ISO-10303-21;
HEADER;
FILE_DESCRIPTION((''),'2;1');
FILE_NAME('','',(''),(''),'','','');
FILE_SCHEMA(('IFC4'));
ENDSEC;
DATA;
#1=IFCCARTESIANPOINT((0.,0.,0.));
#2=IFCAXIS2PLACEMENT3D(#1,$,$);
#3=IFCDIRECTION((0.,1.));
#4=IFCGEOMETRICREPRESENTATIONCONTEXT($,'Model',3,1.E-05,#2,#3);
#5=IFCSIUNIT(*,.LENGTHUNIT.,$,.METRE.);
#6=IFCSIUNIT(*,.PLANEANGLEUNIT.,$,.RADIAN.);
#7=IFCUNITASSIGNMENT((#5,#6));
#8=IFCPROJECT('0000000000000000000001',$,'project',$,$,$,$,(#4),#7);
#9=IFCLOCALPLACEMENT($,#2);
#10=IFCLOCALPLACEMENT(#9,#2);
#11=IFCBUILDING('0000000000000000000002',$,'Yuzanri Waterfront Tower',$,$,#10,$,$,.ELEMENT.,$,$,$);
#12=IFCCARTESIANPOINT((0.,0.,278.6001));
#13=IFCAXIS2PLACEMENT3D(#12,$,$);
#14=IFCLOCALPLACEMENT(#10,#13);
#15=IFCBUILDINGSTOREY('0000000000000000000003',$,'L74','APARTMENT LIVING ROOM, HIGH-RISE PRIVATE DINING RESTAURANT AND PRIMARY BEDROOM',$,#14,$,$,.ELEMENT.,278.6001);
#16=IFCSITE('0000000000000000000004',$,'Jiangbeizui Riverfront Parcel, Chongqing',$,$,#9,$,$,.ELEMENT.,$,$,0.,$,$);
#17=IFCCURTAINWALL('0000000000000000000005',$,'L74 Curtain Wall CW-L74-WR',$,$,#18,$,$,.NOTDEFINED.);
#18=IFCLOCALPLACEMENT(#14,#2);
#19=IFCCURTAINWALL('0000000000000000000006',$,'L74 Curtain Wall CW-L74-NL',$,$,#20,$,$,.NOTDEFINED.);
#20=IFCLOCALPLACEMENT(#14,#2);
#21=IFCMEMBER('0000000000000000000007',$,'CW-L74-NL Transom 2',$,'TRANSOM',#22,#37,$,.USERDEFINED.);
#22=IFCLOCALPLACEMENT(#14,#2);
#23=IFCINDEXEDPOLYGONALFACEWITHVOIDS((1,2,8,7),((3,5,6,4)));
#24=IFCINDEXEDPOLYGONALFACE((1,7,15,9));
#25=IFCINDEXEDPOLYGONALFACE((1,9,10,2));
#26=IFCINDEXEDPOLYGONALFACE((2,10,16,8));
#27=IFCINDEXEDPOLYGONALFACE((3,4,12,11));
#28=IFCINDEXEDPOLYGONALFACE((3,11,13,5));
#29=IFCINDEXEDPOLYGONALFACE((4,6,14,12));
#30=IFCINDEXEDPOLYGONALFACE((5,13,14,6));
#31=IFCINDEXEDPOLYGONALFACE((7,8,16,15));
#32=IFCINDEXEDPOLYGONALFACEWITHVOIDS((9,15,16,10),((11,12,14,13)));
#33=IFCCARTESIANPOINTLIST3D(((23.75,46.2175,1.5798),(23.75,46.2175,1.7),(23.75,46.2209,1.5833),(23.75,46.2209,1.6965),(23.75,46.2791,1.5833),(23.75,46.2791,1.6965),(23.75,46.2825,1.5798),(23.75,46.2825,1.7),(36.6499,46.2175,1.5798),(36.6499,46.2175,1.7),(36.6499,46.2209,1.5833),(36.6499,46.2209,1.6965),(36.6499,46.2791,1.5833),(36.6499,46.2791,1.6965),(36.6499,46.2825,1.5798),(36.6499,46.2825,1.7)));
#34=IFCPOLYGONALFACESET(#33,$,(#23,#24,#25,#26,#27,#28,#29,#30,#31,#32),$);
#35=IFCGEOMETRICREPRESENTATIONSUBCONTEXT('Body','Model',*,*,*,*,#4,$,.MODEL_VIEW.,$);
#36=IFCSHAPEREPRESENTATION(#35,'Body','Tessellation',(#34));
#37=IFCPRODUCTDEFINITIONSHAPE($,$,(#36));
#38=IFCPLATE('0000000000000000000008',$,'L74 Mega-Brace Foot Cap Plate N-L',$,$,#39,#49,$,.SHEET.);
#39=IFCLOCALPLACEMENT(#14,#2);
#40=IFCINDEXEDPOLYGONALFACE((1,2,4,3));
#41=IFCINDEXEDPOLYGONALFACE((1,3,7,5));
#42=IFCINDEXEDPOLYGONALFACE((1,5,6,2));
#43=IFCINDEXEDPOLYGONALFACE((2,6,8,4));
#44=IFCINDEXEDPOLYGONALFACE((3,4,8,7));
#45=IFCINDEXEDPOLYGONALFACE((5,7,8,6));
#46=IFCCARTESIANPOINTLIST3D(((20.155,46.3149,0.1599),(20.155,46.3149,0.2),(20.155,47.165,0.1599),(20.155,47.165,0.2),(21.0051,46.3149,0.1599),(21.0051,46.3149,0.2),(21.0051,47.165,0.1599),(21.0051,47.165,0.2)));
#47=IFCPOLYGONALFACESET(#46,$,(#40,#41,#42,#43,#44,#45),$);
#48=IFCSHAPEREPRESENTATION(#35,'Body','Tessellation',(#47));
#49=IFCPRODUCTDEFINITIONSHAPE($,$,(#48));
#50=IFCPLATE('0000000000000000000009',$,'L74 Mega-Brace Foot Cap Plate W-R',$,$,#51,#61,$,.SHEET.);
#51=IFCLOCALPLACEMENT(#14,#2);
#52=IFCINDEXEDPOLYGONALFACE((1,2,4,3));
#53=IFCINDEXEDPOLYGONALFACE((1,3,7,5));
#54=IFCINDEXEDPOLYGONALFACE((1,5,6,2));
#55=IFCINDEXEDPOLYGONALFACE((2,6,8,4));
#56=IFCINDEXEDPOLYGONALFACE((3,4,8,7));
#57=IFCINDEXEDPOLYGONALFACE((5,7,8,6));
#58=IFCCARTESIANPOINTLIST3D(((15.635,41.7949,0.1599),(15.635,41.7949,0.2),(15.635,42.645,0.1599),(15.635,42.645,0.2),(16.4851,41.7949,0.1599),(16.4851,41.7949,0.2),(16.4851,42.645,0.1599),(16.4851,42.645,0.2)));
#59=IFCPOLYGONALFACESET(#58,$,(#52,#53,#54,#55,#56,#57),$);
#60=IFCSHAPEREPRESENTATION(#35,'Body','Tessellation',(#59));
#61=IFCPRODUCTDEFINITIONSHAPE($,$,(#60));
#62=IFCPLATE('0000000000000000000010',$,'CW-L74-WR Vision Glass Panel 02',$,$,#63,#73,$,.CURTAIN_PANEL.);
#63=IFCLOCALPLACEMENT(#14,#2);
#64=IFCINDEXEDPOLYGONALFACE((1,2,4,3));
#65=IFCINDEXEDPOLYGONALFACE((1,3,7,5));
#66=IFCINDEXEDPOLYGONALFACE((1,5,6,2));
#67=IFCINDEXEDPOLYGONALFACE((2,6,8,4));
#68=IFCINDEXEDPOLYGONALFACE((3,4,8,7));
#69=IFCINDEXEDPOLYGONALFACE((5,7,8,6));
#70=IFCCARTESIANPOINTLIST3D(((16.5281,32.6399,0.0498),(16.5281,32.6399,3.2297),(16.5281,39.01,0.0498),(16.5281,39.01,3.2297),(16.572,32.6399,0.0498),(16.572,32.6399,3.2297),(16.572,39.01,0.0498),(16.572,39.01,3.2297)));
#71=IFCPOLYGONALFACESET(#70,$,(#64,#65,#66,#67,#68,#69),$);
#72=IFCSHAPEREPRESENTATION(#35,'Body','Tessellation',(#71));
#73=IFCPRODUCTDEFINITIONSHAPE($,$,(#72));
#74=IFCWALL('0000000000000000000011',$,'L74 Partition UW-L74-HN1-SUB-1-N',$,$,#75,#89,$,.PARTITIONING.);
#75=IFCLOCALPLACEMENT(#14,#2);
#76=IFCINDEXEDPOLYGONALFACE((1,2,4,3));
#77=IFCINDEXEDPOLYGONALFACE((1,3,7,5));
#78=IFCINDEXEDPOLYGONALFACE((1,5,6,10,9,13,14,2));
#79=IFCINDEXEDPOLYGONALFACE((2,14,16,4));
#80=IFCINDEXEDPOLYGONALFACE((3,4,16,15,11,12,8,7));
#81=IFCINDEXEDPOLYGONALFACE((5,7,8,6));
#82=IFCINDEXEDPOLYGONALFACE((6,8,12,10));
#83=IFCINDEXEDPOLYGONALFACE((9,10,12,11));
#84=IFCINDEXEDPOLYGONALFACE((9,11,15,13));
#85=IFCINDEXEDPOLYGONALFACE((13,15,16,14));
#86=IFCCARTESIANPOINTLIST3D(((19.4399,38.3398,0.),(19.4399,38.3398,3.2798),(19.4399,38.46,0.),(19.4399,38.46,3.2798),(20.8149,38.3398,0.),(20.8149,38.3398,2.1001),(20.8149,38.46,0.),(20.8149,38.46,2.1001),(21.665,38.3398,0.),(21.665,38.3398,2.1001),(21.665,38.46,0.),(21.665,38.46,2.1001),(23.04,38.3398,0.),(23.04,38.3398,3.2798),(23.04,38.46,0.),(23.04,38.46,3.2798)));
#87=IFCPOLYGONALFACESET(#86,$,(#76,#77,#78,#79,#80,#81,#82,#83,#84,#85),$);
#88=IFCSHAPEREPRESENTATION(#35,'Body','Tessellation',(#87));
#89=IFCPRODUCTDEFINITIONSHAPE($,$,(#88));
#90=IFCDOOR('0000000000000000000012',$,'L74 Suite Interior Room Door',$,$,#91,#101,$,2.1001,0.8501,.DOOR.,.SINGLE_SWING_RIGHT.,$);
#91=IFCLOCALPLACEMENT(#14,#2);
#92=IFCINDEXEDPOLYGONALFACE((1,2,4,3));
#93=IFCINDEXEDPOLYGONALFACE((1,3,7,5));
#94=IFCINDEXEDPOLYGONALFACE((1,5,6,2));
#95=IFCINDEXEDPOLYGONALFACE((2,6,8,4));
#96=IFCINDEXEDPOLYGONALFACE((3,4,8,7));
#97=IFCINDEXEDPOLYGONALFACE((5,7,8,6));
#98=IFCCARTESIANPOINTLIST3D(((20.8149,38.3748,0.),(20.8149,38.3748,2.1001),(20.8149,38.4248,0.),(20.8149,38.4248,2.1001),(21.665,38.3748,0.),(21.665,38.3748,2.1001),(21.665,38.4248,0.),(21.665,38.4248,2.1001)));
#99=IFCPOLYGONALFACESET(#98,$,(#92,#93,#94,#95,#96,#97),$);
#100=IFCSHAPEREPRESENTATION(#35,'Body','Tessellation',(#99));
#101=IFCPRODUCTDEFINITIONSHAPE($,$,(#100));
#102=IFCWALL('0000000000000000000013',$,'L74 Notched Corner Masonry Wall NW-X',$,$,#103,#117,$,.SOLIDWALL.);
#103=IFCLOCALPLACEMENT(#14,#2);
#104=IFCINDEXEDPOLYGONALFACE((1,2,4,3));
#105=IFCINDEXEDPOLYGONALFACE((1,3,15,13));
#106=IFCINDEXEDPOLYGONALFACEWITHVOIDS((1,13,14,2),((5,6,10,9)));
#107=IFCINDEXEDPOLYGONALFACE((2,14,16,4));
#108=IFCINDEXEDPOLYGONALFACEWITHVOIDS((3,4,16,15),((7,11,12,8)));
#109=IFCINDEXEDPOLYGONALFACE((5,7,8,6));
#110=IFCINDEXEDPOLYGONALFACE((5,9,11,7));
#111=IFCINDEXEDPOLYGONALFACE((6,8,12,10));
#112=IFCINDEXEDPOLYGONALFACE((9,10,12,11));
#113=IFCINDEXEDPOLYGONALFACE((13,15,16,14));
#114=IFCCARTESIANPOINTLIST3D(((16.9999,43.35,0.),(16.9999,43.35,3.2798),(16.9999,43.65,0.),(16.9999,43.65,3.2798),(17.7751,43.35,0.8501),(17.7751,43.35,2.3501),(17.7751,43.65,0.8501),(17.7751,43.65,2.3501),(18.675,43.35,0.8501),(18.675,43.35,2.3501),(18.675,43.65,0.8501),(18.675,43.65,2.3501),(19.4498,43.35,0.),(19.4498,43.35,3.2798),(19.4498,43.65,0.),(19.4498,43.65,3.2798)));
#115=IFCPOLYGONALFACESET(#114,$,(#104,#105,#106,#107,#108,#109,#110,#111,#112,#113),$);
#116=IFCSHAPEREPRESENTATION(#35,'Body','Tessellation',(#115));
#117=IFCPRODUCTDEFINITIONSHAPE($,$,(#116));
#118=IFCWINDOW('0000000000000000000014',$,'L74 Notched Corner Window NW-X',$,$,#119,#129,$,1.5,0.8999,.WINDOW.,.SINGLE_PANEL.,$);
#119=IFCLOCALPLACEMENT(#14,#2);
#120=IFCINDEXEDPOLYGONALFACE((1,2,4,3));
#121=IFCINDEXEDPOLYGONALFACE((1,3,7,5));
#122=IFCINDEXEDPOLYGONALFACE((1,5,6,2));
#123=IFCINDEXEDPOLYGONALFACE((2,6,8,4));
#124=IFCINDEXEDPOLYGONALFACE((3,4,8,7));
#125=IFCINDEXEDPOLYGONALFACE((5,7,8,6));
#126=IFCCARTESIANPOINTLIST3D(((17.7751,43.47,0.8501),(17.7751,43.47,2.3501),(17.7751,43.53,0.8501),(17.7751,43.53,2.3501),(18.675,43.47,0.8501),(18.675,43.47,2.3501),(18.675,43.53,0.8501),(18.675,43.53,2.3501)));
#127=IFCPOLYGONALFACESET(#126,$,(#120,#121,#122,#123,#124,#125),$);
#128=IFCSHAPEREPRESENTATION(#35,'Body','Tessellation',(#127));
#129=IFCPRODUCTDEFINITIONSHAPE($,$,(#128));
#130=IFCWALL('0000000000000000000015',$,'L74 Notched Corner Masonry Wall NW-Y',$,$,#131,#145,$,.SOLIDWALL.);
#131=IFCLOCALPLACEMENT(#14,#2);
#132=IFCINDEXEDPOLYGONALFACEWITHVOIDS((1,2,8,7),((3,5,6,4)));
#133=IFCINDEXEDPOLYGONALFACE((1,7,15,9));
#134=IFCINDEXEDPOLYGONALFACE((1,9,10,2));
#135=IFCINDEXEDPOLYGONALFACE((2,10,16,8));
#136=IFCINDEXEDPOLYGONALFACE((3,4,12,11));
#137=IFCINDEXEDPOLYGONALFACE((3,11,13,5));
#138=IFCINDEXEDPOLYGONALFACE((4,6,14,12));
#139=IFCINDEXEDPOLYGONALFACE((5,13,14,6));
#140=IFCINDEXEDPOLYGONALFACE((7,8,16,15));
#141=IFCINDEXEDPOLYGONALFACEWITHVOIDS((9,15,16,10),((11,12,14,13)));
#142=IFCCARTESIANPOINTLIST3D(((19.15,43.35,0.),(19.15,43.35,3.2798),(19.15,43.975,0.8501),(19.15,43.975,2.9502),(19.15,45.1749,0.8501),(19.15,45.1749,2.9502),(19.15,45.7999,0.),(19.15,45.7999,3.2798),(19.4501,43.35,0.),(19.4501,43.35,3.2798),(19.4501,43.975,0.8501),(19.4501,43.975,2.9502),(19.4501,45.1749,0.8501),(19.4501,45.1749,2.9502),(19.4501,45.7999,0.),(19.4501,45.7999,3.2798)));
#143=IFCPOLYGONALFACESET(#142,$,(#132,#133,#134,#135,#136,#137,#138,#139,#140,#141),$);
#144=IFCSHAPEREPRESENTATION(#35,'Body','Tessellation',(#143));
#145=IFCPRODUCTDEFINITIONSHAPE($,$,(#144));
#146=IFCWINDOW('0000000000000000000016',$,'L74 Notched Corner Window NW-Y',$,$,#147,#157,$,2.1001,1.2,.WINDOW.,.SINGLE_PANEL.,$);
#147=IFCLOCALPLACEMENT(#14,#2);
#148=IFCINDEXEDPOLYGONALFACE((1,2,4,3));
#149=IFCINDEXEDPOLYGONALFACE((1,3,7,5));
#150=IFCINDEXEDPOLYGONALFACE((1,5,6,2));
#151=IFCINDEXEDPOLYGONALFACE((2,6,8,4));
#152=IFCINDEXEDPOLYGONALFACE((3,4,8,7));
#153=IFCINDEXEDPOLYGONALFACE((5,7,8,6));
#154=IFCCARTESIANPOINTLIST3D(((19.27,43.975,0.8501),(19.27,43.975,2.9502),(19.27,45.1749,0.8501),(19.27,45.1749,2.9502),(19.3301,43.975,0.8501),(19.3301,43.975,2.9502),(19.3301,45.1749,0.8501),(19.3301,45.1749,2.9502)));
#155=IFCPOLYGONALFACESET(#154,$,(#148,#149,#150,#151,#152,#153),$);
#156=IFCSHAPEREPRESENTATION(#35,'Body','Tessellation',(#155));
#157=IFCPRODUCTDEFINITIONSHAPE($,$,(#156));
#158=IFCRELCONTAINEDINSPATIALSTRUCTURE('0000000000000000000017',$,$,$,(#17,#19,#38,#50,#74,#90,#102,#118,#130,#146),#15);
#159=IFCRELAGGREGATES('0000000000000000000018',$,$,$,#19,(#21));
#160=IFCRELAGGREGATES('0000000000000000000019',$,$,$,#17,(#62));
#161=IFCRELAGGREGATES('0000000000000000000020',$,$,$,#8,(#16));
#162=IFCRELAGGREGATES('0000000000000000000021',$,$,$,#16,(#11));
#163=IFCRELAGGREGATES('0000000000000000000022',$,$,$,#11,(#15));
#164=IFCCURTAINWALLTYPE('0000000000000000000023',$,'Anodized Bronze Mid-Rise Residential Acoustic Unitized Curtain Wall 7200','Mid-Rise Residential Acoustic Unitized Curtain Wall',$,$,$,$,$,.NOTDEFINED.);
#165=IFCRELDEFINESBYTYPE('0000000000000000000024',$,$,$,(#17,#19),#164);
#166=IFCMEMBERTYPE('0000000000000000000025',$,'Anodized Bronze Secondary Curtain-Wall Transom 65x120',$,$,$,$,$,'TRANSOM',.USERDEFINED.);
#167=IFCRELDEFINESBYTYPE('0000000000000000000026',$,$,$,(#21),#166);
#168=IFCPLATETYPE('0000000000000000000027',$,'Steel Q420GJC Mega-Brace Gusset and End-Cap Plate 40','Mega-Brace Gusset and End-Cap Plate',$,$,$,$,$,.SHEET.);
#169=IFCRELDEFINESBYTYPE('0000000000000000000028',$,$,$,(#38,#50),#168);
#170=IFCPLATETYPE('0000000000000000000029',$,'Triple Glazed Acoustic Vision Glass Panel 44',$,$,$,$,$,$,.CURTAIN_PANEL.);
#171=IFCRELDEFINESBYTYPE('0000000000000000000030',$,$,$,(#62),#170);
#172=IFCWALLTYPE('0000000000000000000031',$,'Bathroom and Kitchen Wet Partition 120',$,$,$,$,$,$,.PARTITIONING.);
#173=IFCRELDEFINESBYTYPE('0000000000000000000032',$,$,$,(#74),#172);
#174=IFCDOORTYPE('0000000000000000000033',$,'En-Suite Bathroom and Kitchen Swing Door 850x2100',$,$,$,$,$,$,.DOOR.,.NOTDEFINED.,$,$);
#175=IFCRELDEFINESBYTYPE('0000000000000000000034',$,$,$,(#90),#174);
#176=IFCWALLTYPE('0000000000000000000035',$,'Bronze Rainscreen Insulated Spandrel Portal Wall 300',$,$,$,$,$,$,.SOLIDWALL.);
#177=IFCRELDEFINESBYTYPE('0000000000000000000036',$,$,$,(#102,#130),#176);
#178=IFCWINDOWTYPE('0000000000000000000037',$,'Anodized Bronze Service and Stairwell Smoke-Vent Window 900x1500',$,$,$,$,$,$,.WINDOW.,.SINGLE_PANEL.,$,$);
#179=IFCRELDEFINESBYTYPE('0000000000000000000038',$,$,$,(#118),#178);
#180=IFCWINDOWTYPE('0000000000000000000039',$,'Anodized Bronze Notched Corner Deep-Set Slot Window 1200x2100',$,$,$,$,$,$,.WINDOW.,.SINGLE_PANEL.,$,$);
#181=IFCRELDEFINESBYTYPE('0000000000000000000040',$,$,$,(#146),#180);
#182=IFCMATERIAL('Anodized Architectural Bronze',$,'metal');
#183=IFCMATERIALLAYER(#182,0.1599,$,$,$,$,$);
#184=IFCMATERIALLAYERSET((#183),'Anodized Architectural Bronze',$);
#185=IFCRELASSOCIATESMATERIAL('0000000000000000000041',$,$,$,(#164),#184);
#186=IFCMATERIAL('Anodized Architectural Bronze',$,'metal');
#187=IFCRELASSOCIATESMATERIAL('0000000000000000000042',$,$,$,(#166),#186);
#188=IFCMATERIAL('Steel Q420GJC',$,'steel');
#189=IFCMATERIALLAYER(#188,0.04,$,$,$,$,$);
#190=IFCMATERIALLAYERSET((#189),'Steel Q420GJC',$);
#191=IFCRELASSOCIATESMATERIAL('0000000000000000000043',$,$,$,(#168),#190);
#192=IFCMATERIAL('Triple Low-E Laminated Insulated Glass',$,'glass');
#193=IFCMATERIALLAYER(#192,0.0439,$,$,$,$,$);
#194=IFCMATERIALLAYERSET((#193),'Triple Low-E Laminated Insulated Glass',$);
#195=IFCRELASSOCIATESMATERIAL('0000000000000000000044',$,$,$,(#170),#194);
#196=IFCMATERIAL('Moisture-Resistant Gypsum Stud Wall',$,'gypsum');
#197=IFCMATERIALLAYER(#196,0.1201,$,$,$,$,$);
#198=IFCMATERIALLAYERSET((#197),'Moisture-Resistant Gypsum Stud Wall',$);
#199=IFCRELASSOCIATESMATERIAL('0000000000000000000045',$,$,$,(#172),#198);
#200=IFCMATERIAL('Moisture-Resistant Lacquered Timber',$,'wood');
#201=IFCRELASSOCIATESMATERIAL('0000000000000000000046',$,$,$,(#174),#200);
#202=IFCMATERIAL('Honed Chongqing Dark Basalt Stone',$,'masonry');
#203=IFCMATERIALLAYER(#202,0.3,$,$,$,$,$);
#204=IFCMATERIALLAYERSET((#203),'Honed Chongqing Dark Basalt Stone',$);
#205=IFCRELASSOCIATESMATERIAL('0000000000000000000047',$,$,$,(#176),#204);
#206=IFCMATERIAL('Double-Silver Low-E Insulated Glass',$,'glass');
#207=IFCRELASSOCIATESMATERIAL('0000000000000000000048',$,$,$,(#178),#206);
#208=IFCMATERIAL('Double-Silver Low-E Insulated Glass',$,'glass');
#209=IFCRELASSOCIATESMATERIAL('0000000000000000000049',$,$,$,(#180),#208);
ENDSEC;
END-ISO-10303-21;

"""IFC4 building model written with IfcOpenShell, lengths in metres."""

from ifc_helpers import new_model, si_unit, direction, frame, frame_2d, origin, origin_2d, place, context, subcontext, project, spatial, rectangle, hollow_rectangle, extrude, source, transform, mapped, material, layer, layer_set, material_profile, profile_set, type_object, element, fill, aggregate, save


model = new_model("IFC4")

# Units and contexts
model_context = context("Model", 3, precision=1e-05, world=origin(), true_north=direction((0.0, 1.0)))
body_context = subcontext(model_context, "Body", "Model", "MODEL_VIEW")
ifc_project = project(units=[si_unit("LENGTHUNIT", "METRE"), si_unit("PLANEANGLEUNIT", "RADIAN")], contexts=[model_context])

# Site, building, storey
site_placement = place(None, origin())
site = spatial("IfcSite", under=ifc_project, at=site_placement, Name="Jiangbeizui Riverfront Parcel, Chongqing", CompositionType="ELEMENT", RefElevation=0.0)
building_placement = place(site_placement, origin())
building = spatial("IfcBuilding", under=site, at=building_placement, Name="Yuzanri Waterfront Tower", CompositionType="ELEMENT")
storey_placement = place(building_placement, frame((0.0, 0.0, 278.6001)))
storey = spatial("IfcBuildingStorey", under=building, at=storey_placement, Name="L74", Description="APARTMENT LIVING ROOM, HIGH-RISE PRIVATE DINING RESTAURANT AND PRIMARY BEDROOM", CompositionType="ELEMENT", Elevation=278.6001)

# Curtain walls, member
ifc_material_1 = material(Name="Anodized Architectural Bronze", Category="metal")
ifc_layer_1 = layer(ifc_material_1, 0.1599)
ifc_layer_set_1 = layer_set([ifc_layer_1], Name="Anodized Architectural Bronze")
curtain_wall_type = type_object("IfcCurtainWallType", Name="Anodized Bronze Mid-Rise Residential Acoustic Unitized Curtain Wall 7200", Description="Mid-Rise Residential Acoustic Unitized Curtain Wall", PredefinedType="NOTDEFINED", material=ifc_layer_set_1)
curtain_wall_1_placement = place(storey_placement, origin())
curtain_wall_1 = element("IfcCurtainWall", 1, at=curtain_wall_1_placement, inside=storey, type_object=curtain_wall_type, Name="L74 Curtain Wall CW-L74-WR", PredefinedType="NOTDEFINED")
curtain_wall_2_placement = place(storey_placement, origin())
curtain_wall_2 = element("IfcCurtainWall", 2, at=curtain_wall_2_placement, inside=storey, type_object=curtain_wall_type, Name="L74 Curtain Wall CW-L74-NL", PredefinedType="NOTDEFINED")
ifc_material_2 = material(Name="Anodized Architectural Bronze", Category="metal")
ifc_material_profile_1 = material_profile(ifc_material_2, hollow_rectangle(XDim=0.0649, YDim=0.1201, WallThickness=0.0034, at=origin_2d()), Name="CWT 65x120")
ifc_profile_set_1 = profile_set([ifc_material_profile_1], Name="Anodized Architectural Bronze")
member_type_1 = type_object("IfcMemberType", Name="Anodized Bronze Secondary Curtain-Wall Transom 65x120", ElementType="TRANSOM", PredefinedType="USERDEFINED", material=ifc_profile_set_1)
shared_shape_1 = source(origin(), body_context, "Body", "SweptSolid", [
    extrude(hollow_rectangle(XDim=0.0649, YDim=0.1201, WallThickness=0.0034, at=origin_2d()), origin(), (0.0, 0.0, 1.0), 12.8999),
])
member_1_placement = place(storey_placement, frame((23.75, 46.25, 1.6399), z_axis=(1.0, 0.0, 0.0), x_axis=(0.0, 1.0, 0.0)))
member_1 = element("IfcMember", 3, at=member_1_placement, type_object=member_type_1, Name="CW-L74-NL Transom 2", ObjectType="TRANSOM", PredefinedType="USERDEFINED", context=body_context, shape_type="MappedRepresentation", body=[
    mapped(shared_shape_1, transform((0.0, 0.0, 0.0), scale=1.0)),
])
aggregate(curtain_wall_2, [member_1])

# Plates
ifc_material_3 = material(Name="Steel Q420GJC", Category="steel")
ifc_layer_2 = layer(ifc_material_3, 0.04)
ifc_layer_set_2 = layer_set([ifc_layer_2], Name="Steel Q420GJC")
plate_type_1 = type_object("IfcPlateType", Name="Steel Q420GJC Mega-Brace Gusset and End-Cap Plate 40", Description="Mega-Brace Gusset and End-Cap Plate", PredefinedType="SHEET", material=ifc_layer_set_2)
shared_shape_2 = source(origin(), body_context, "Body", "SweptSolid", [
    extrude(rectangle(XDim=0.8501, YDim=0.8501, at=origin_2d()), origin(), (0.0, 0.0, 1.0), 0.04),
])
for number, where, z_axis, x_axis, name in (
    (4, (20.5801, 46.74, 0.1599), (0.0, 0.0, 1.0), (1.0, 0.0, 0.0), "L74 Mega-Brace Foot Cap Plate N-L"),
    (5, (16.0601, 42.22, 0.1599), (0.0, 0.0, 1.0), (1.0, 0.0, 0.0), "L74 Mega-Brace Foot Cap Plate W-R"),
):
    element("IfcPlate", number, at=place(storey_placement, frame(where, z_axis=z_axis, x_axis=x_axis)), inside=storey, type_object=plate_type_1, Name=name, PredefinedType="SHEET", context=body_context, shape_type="MappedRepresentation", body=[
        mapped(shared_shape_2, transform((0.0, 0.0, 0.0), scale=1.0)),
    ])

# Plate
ifc_material_4 = material(Name="Triple Low-E Laminated Insulated Glass", Category="glass")
ifc_layer_3 = layer(ifc_material_4, 0.0439)
ifc_layer_set_3 = layer_set([ifc_layer_3], Name="Triple Low-E Laminated Insulated Glass")
plate_type_2 = type_object("IfcPlateType", Name="Triple Glazed Acoustic Vision Glass Panel 44", PredefinedType="CURTAIN_PANEL", material=ifc_layer_set_3)
shared_shape_3 = source(origin(), body_context, "Body", "SweptSolid", [
    extrude(rectangle(XDim=6.3701, YDim=0.0439, at=origin_2d()), origin(), (0.0, 0.0, 1.0), 3.1799),
])
plate_placement = place(storey_placement, frame((16.55, 35.825, 0.0498), z_axis=(0.0, 0.0, 1.0), x_axis=(0.0, 1.0, 0.0)))
plate = element("IfcPlate", 6, at=plate_placement, type_object=plate_type_2, Name="CW-L74-WR Vision Glass Panel 02", PredefinedType="CURTAIN_PANEL", context=body_context, shape_type="MappedRepresentation", body=[
    mapped(shared_shape_3, transform((0.0, 0.0, 0.0), scale=1.0)),
])
aggregate(curtain_wall_1, [plate])

# Wall, opening, door
ifc_material_5 = material(Name="Moisture-Resistant Gypsum Stud Wall", Category="gypsum")
ifc_layer_4 = layer(ifc_material_5, 0.1201)
ifc_layer_set_4 = layer_set([ifc_layer_4], Name="Moisture-Resistant Gypsum Stud Wall")
wall_type_1 = type_object("IfcWallType", Name="Bathroom and Kitchen Wet Partition 120", PredefinedType="PARTITIONING", material=ifc_layer_set_4)
wall_1_placement = place(storey_placement, frame((19.4399, 38.3999, 0.0), z_axis=(0.0, 0.0, 1.0), x_axis=(1.0, 0.0, 0.0)))
wall_1 = element("IfcWall", 7, at=wall_1_placement, inside=storey, type_object=wall_type_1, Name="L74 Partition UW-L74-HN1-SUB-1-N", PredefinedType="PARTITIONING", context=body_context, shape_type="SweptSolid", body=[
    extrude(rectangle(XDim=3.6001, YDim=0.1201, at=frame_2d((1.8, 0.0))), origin(), (0.0, 0.0, 1.0), 3.2798),
])
opening_1_placement = place(wall_1_placement, frame((1.375, 0.0, 0.0)))
opening_1 = element("IfcOpeningElement", 8, at=opening_1_placement, cuts=wall_1, PredefinedType="OPENING", context=body_context, shape_type="SweptSolid", body=[
    extrude(rectangle(XDim=0.8501, YDim=2.1001, at=frame_2d((0.425, 1.05))), frame((0.0, 0.075, 0.0), z_axis=(0.0, -1.0, 0.0), x_axis=(1.0, 0.0, 0.0)), (0.0, 0.0, 1.0), 0.1499),
])
ifc_material_6 = material(Name="Moisture-Resistant Lacquered Timber", Category="wood")
door_type = type_object("IfcDoorType", Name="En-Suite Bathroom and Kitchen Swing Door 850x2100", OperationType="NOTDEFINED", PredefinedType="DOOR", material=ifc_material_6)
shared_shape_4 = source(origin(), body_context, "Body", "SweptSolid", [
    extrude(rectangle(XDim=0.8501, YDim=2.1001, at=frame_2d((0.425, 1.05))), frame((0.0, 0.0249, 0.0), z_axis=(0.0, -1.0, 0.0), x_axis=(1.0, 0.0, 0.0)), (0.0, 0.0, 1.0), 0.05),
])
door_placement = place(opening_1_placement, origin())
door = element("IfcDoor", 9, at=door_placement, inside=storey, type_object=door_type, Name="L74 Suite Interior Room Door", OperationType="SINGLE_SWING_RIGHT", OverallHeight=2.1001, OverallWidth=0.8501, PredefinedType="DOOR", context=body_context, shape_type="MappedRepresentation", body=[
    mapped(shared_shape_4, transform((0.0, 0.0, 0.0), scale=1.0)),
])
fill(opening_1, door)

# Walls, openings, windows
ifc_material_7 = material(Name="Honed Chongqing Dark Basalt Stone", Category="masonry")
ifc_layer_5 = layer(ifc_material_7, 0.3)
ifc_layer_set_5 = layer_set([ifc_layer_5], Name="Honed Chongqing Dark Basalt Stone")
wall_type_2 = type_object("IfcWallType", Name="Bronze Rainscreen Insulated Spandrel Portal Wall 300", PredefinedType="SOLIDWALL", material=ifc_layer_set_5)
wall_2_placement = place(storey_placement, frame((19.45, 43.5, 0.0), z_axis=(0.0, 0.0, 1.0), x_axis=(-1.0, 0.0, 0.0)))
wall_2 = element("IfcWall", 10, at=wall_2_placement, inside=storey, type_object=wall_type_2, Name="L74 Notched Corner Masonry Wall NW-X", PredefinedType="SOLIDWALL", context=body_context, shape_type="SweptSolid", body=[
    extrude(rectangle(XDim=2.45, YDim=0.3, at=frame_2d((1.2251, 0.0))), origin(), (0.0, 0.0, 1.0), 3.2798),
])
opening_2_placement = place(wall_2_placement, frame((0.7749, 0.0, 0.8501)))
opening_2 = element("IfcOpeningElement", 11, at=opening_2_placement, cuts=wall_2, PredefinedType="OPENING", context=body_context, shape_type="SweptSolid", body=[
    extrude(rectangle(XDim=0.8999, YDim=1.5, at=frame_2d((0.45, 0.75))), frame((0.0, 0.165, 0.0), z_axis=(0.0, -1.0, 0.0), x_axis=(1.0, 0.0, 0.0)), (0.0, 0.0, 1.0), 0.3298),
])
ifc_material_8 = material(Name="Double-Silver Low-E Insulated Glass", Category="glass")
window_type_1 = type_object("IfcWindowType", Name="Anodized Bronze Service and Stairwell Smoke-Vent Window 900x1500", PartitioningType="SINGLE_PANEL", PredefinedType="WINDOW", material=ifc_material_8)
shared_shape_5 = source(origin(), body_context, "Body", "SweptSolid", [
    extrude(rectangle(XDim=0.8999, YDim=1.5, at=frame_2d((0.45, 0.75))), frame((0.0, 0.03, 0.0), z_axis=(0.0, -1.0, 0.0), x_axis=(1.0, 0.0, 0.0)), (0.0, 0.0, 1.0), 0.0601),
])
window_1_placement = place(opening_2_placement, origin())
window_1 = element("IfcWindow", 12, at=window_1_placement, inside=storey, type_object=window_type_1, Name="L74 Notched Corner Window NW-X", OverallHeight=1.5, OverallWidth=0.8999, PartitioningType="SINGLE_PANEL", PredefinedType="WINDOW", context=body_context, shape_type="MappedRepresentation", body=[
    mapped(shared_shape_5, transform((0.0, 0.0, 0.0), scale=1.0)),
])
fill(opening_2, window_1)
wall_3_placement = place(storey_placement, frame((19.3, 45.8, 0.0), z_axis=(0.0, 0.0, 1.0), x_axis=(0.0, -1.0, 0.0)))
wall_3 = element("IfcWall", 13, at=wall_3_placement, inside=storey, type_object=wall_type_2, Name="L74 Notched Corner Masonry Wall NW-Y", PredefinedType="SOLIDWALL", context=body_context, shape_type="SweptSolid", body=[
    extrude(rectangle(XDim=2.45, YDim=0.3, at=frame_2d((1.2251, 0.0))), origin(), (0.0, 0.0, 1.0), 3.2798),
])
opening_3_placement = place(wall_3_placement, frame((0.625, 0.0, 0.8501)))
opening_3 = element("IfcOpeningElement", 14, at=opening_3_placement, cuts=wall_3, PredefinedType="OPENING", context=body_context, shape_type="SweptSolid", body=[
    extrude(rectangle(XDim=1.2, YDim=2.1001, at=frame_2d((0.6001, 1.05))), frame((0.0, 0.165, 0.0), z_axis=(0.0, -1.0, 0.0), x_axis=(1.0, 0.0, 0.0)), (0.0, 0.0, 1.0), 0.3298),
])
ifc_material_9 = material(Name="Double-Silver Low-E Insulated Glass", Category="glass")
window_type_2 = type_object("IfcWindowType", Name="Anodized Bronze Notched Corner Deep-Set Slot Window 1200x2100", PartitioningType="SINGLE_PANEL", PredefinedType="WINDOW", material=ifc_material_9)
shared_shape_6 = source(origin(), body_context, "Body", "SweptSolid", [
    extrude(rectangle(XDim=1.2, YDim=2.1001, at=frame_2d((0.6001, 1.05))), frame((0.0, 0.03, 0.0), z_axis=(0.0, -1.0, 0.0), x_axis=(1.0, 0.0, 0.0)), (0.0, 0.0, 1.0), 0.0601),
])
window_2_placement = place(opening_3_placement, origin())
window_2 = element("IfcWindow", 15, at=window_2_placement, inside=storey, type_object=window_type_2, Name="L74 Notched Corner Window NW-Y", OverallHeight=2.1001, OverallWidth=1.2, PartitioningType="SINGLE_PANEL", PredefinedType="WINDOW", context=body_context, shape_type="MappedRepresentation", body=[
    mapped(shared_shape_6, transform((0.0, 0.0, 0.0), scale=1.0)),
])
fill(opening_3, window_2)

save(model, "model.ifc")
